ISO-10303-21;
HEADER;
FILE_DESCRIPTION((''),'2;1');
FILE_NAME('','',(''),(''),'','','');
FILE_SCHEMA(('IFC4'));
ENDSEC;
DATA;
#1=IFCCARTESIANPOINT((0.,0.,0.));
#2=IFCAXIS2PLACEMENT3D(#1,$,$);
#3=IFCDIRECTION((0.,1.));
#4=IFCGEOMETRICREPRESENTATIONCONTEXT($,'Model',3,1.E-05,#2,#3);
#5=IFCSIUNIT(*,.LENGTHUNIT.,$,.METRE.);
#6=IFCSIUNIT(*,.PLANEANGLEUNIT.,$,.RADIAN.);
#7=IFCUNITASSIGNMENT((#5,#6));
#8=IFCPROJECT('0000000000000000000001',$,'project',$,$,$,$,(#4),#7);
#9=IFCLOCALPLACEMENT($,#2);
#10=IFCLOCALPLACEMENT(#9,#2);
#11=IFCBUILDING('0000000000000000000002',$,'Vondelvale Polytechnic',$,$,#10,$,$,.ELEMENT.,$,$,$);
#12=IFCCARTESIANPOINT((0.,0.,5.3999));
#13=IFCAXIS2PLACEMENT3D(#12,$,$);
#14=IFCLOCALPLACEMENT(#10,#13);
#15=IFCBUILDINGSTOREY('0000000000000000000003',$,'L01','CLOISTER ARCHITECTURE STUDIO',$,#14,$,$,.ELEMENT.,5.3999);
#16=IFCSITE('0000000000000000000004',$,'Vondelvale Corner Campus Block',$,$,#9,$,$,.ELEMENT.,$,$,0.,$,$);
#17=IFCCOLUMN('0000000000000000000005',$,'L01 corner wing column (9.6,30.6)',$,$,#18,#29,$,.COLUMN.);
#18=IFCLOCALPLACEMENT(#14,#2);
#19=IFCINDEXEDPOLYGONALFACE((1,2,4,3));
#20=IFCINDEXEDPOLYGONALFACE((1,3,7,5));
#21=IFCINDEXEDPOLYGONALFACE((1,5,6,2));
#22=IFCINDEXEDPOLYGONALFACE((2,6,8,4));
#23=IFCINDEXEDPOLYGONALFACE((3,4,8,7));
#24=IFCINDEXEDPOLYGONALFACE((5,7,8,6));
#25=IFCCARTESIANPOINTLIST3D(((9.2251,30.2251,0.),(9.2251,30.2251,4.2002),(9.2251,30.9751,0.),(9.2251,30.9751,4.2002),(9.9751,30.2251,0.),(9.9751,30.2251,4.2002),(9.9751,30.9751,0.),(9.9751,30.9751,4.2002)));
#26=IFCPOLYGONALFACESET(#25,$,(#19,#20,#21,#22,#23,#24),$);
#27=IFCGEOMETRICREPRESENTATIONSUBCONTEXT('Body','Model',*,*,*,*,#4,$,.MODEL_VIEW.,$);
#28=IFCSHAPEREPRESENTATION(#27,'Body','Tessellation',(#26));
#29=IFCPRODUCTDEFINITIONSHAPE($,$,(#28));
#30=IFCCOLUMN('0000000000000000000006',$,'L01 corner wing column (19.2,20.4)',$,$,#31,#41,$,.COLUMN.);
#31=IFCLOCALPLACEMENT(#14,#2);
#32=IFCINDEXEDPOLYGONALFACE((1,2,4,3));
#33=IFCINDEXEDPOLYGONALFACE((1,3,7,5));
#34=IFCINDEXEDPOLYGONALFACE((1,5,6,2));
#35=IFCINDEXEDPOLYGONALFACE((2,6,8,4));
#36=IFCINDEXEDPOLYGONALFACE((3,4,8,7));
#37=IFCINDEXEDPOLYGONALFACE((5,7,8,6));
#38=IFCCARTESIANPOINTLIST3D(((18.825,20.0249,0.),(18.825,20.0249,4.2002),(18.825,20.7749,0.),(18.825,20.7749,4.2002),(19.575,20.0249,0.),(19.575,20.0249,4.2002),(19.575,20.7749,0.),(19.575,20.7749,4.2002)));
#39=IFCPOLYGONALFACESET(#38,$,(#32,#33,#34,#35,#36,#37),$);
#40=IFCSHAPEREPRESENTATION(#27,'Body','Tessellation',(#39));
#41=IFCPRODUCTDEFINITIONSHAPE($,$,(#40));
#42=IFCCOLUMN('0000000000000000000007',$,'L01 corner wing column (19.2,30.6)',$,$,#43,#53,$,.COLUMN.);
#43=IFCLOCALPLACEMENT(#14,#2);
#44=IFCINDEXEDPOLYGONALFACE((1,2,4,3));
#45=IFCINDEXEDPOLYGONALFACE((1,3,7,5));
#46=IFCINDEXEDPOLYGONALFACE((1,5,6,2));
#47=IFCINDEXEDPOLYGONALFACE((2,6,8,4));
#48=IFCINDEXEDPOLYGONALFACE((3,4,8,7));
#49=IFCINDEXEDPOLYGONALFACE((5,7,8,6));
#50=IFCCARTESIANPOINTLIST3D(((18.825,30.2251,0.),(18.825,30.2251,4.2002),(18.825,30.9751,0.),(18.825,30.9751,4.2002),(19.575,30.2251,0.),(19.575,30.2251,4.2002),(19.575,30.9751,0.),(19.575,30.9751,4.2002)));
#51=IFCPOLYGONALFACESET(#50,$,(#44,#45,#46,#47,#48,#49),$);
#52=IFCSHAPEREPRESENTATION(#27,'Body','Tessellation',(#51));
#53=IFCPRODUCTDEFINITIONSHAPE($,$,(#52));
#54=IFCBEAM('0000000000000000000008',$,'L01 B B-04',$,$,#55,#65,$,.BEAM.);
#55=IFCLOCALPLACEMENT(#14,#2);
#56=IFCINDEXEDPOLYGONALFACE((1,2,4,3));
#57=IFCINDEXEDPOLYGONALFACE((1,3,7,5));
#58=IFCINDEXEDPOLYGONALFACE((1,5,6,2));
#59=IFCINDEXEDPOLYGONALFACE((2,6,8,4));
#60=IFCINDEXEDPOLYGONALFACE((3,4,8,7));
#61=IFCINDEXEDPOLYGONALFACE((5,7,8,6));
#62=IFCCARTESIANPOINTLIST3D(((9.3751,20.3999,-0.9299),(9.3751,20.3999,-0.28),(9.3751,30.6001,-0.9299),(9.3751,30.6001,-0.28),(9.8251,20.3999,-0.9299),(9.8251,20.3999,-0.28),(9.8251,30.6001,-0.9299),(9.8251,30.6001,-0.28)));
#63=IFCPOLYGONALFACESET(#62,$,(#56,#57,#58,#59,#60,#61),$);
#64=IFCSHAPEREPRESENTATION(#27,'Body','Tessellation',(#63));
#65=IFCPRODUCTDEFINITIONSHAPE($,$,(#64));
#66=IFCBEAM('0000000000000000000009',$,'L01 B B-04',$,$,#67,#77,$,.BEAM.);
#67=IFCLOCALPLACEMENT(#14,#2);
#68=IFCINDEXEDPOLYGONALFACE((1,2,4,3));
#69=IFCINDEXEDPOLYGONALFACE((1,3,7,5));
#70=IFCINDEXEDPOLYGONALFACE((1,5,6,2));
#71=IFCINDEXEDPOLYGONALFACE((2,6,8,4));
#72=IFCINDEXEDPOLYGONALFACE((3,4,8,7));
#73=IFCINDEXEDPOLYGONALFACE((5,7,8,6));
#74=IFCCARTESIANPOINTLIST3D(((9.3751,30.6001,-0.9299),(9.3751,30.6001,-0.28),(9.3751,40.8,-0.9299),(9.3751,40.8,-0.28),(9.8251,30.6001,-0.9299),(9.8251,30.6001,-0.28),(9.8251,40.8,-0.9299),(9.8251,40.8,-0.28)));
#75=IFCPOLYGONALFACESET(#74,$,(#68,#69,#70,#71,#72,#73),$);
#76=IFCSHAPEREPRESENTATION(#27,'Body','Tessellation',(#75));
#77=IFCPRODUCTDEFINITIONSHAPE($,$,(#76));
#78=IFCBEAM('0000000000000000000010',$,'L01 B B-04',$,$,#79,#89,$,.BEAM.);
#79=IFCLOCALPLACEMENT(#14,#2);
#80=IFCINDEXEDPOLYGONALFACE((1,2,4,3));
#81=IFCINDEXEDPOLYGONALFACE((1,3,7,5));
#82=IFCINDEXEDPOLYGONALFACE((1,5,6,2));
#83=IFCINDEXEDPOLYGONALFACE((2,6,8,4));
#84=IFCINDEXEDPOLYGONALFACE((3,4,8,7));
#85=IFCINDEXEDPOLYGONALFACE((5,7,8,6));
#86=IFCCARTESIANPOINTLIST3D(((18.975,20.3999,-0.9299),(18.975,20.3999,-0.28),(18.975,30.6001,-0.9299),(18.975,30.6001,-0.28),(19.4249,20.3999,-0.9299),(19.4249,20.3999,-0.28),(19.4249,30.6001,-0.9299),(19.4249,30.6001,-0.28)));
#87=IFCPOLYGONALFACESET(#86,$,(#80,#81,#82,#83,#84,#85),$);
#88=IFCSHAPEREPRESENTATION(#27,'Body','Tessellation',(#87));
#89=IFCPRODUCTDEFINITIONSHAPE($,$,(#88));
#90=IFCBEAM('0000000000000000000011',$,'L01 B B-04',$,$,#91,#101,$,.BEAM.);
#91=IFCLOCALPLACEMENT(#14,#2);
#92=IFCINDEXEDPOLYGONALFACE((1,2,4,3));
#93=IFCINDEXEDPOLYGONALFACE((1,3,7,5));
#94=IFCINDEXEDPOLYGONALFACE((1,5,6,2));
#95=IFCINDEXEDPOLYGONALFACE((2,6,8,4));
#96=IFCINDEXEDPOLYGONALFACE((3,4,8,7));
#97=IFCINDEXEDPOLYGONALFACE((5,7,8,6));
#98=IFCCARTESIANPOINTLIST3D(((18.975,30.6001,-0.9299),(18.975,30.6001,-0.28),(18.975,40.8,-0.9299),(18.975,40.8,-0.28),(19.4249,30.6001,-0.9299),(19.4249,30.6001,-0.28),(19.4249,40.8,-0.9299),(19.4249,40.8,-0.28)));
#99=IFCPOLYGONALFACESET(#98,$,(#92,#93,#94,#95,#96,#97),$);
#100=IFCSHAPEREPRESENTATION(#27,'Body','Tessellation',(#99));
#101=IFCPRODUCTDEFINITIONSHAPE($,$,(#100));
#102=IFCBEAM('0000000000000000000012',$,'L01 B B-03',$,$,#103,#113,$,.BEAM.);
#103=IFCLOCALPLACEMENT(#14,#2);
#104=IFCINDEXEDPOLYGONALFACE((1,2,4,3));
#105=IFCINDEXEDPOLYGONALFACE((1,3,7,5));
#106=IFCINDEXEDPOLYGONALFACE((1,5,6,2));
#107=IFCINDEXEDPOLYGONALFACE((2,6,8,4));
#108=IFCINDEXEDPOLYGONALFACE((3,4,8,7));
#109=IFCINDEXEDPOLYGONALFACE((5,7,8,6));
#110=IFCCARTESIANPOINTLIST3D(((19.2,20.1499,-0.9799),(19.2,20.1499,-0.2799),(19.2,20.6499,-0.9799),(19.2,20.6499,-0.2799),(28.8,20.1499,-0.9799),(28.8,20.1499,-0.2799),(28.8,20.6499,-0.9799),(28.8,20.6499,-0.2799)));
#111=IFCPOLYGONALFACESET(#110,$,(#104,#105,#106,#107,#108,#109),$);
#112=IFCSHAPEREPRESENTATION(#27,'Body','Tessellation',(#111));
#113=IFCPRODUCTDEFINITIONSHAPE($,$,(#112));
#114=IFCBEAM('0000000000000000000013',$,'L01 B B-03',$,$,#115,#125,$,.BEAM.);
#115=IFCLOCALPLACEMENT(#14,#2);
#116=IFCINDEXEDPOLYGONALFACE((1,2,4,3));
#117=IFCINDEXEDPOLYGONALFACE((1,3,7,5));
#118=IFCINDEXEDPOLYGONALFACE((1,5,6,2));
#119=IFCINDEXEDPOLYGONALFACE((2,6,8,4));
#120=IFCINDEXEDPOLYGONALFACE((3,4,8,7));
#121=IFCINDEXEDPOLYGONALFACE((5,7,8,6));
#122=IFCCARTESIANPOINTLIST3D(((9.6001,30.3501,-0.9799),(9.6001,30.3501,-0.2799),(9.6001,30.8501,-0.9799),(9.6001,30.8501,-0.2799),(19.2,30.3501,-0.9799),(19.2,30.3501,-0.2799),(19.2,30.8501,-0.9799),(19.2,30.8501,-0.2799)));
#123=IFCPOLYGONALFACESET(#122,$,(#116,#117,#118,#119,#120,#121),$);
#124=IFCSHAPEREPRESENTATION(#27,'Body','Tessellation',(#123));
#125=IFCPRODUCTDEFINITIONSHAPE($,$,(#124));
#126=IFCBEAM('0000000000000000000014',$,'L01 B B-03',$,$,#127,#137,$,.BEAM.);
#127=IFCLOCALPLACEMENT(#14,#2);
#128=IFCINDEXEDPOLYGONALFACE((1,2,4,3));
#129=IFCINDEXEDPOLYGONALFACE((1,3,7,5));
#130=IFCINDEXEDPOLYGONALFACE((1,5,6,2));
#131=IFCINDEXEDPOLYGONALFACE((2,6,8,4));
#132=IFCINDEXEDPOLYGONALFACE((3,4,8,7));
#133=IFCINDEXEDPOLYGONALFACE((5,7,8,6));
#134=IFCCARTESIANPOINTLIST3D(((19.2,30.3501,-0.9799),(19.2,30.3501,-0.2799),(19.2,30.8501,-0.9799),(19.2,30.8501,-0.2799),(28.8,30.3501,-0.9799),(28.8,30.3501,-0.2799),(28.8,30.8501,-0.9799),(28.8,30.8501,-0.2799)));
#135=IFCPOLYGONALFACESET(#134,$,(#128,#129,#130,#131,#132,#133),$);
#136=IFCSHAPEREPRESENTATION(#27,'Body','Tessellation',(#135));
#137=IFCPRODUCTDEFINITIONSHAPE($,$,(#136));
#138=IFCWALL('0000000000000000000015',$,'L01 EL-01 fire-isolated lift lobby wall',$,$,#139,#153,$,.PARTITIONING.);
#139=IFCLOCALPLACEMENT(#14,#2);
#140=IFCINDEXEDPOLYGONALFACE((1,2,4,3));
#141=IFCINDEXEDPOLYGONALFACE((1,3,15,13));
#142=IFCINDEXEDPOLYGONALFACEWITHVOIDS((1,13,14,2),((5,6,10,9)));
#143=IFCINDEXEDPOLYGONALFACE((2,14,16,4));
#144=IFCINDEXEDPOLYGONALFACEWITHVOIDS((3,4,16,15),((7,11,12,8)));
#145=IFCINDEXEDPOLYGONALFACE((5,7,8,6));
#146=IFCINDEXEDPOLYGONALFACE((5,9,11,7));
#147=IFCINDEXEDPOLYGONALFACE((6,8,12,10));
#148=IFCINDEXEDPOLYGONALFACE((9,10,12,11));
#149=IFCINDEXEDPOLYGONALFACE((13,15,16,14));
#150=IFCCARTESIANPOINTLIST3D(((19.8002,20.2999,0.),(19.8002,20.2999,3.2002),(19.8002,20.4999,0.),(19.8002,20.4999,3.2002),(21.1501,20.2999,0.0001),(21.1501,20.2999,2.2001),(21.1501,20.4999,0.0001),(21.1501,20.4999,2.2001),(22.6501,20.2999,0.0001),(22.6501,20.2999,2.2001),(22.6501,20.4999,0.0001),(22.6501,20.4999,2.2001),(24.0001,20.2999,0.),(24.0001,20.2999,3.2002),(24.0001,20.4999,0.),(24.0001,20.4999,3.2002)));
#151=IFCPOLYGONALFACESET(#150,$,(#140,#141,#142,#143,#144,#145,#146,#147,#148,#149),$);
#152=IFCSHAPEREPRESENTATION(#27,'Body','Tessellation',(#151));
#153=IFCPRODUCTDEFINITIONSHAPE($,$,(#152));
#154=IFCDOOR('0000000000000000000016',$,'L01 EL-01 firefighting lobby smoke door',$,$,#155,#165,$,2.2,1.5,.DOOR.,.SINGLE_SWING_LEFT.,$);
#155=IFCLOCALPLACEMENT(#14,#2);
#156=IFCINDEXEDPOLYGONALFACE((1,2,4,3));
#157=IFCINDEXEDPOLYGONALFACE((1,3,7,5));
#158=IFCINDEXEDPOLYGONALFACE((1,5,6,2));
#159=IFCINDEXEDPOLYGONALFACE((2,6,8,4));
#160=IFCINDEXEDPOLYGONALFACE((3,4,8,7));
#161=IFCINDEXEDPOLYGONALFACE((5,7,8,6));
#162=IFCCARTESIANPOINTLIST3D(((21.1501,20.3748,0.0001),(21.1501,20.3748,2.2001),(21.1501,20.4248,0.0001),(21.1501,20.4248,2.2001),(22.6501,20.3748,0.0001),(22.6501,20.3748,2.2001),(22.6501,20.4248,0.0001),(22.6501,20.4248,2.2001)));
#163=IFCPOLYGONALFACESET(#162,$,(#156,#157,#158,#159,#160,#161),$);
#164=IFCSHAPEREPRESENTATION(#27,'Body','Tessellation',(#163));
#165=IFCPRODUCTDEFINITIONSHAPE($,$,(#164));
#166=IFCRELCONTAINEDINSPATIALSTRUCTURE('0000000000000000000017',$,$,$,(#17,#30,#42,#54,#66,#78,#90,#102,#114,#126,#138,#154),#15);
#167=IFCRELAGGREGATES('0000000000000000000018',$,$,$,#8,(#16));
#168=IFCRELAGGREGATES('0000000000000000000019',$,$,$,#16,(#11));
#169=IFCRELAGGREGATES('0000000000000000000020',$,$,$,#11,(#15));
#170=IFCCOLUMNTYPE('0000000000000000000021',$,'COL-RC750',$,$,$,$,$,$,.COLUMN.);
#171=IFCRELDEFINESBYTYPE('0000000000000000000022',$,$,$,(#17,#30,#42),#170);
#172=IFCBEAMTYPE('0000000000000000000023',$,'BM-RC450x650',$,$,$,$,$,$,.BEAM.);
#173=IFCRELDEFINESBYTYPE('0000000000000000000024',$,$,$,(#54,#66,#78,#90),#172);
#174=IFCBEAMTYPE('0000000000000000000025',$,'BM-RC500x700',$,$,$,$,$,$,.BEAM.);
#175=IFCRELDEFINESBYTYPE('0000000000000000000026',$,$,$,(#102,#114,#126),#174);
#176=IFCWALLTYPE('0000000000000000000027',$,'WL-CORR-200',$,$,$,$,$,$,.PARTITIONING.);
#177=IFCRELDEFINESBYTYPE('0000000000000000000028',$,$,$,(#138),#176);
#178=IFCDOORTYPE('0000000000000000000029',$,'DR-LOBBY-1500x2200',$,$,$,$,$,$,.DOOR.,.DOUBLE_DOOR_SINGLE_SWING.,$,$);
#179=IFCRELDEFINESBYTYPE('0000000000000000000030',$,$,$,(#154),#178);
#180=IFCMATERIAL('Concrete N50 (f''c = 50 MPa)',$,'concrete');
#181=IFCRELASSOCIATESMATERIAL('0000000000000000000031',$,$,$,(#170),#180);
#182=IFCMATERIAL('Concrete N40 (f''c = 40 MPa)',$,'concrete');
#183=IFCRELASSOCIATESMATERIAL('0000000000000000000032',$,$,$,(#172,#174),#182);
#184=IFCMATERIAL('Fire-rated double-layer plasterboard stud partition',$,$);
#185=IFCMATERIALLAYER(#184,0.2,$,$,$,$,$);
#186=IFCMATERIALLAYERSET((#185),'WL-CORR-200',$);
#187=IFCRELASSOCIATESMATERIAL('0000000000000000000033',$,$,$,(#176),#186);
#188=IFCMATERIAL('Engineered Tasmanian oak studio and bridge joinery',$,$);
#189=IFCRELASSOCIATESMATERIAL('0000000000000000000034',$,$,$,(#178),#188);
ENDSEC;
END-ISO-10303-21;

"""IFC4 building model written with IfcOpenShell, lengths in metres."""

from ifc_helpers import new_model, si_unit, direction, frame, frame_2d, origin, origin_2d, place, context, subcontext, project, spatial, rectangle, extrude, material, layer, layer_set, material_profile, profile_set, type_object, element, fill, save


model = new_model("IFC4")

# Units and contexts
model_context = context("Model", 3, precision=1e-05, world=origin(), true_north=direction((0.0, 1.0)))
body_context = subcontext(model_context, "Body", "Model", "MODEL_VIEW")
ifc_project = project(units=[si_unit("LENGTHUNIT", "METRE"), si_unit("PLANEANGLEUNIT", "RADIAN")], contexts=[model_context])

# Site, building, storey
site_placement = place(None, origin())
site = spatial("IfcSite", under=ifc_project, at=site_placement, Name="Vondelvale Corner Campus Block", CompositionType="ELEMENT", RefElevation=0.0)
building_placement = place(site_placement, origin())
building = spatial("IfcBuilding", under=site, at=building_placement, Name="Vondelvale Polytechnic", CompositionType="ELEMENT")
storey_placement = place(building_placement, frame((0.0, 0.0, 5.3999)))
storey = spatial("IfcBuildingStorey", under=building, at=storey_placement, Name="L01", Description="CLOISTER ARCHITECTURE STUDIO", CompositionType="ELEMENT", Elevation=5.3999)

# Columns
ifc_material_1 = material(Name="Concrete N50 (f'c = 50 MPa)", Category="concrete")
ifc_material_profile_1 = material_profile(ifc_material_1, rectangle(XDim=0.75, YDim=0.75, at=origin_2d()), Name="RC-COL-750x750")
ifc_profile_set_1 = profile_set([ifc_material_profile_1], Name="Concrete N50 (f'c = 50 MPa)")
column_type = type_object("IfcColumnType", Name="COL-RC750", PredefinedType="COLUMN", material=ifc_profile_set_1)
for number, where, z_axis, x_axis, name in (
    (1, (9.6001, 30.6001, 0.0), (0.0, 0.0, 1.0), (1.0, 0.0, 0.0), "L01 corner wing column (9.6,30.6)"),
    (2, (19.2, 20.3999, 0.0), (0.0, 0.0, 1.0), (1.0, 0.0, 0.0), "L01 corner wing column (19.2,20.4)"),
    (3, (19.2, 30.6001, 0.0), (0.0, 0.0, 1.0), (1.0, 0.0, 0.0), "L01 corner wing column (19.2,30.6)"),
):
    element("IfcColumn", number, at=place(storey_placement, frame(where, z_axis=z_axis, x_axis=x_axis)), inside=storey, type_object=column_type, Name=name, PredefinedType="COLUMN", context=body_context, shape_type="SweptSolid", body=[
        extrude(rectangle(XDim=0.75, YDim=0.75, at=origin_2d()), origin(), (0.0, 0.0, 1.0), 4.2002),
    ])

# Beams
ifc_material_2 = material(Name="Concrete N40 (f'c = 40 MPa)", Category="concrete")
ifc_material_profile_2 = material_profile(ifc_material_2, rectangle(XDim=0.45, YDim=0.6499, at=origin_2d()), Name="RC-BM-450x650")
ifc_profile_set_2 = profile_set([ifc_material_profile_2], Name="Concrete N40 (f'c = 40 MPa)")
beam_type_1 = type_object("IfcBeamType", Name="BM-RC450x650", PredefinedType="BEAM", material=ifc_profile_set_2)
beam_1_placement = place(storey_placement, frame((9.6001, 20.3999, -0.605), z_axis=(0.0, 1.0, 0.0), x_axis=(-1.0, 0.0, 0.0)))
element("IfcBeam", 4, at=beam_1_placement, inside=storey, type_object=beam_type_1, Name="L01 B B-04", PredefinedType="BEAM", context=body_context, shape_type="SweptSolid", body=[
    extrude(rectangle(XDim=0.45, YDim=0.6499, at=origin_2d()), origin(), (0.0, 0.0, 1.0), 10.2002),
])
beam_2_placement = place(storey_placement, frame((9.6001, 30.6001, -0.605), z_axis=(0.0, 1.0, 0.0), x_axis=(-1.0, 0.0, 0.0)))
element("IfcBeam", 5, at=beam_2_placement, inside=storey, type_object=beam_type_1, Name="L01 B B-04", PredefinedType="BEAM", context=body_context, shape_type="SweptSolid", body=[
    extrude(rectangle(XDim=0.45, YDim=0.6499, at=origin_2d()), origin(), (0.0, 0.0, 1.0), 10.2),
])
beam_3_placement = place(storey_placement, frame((19.2, 20.3999, -0.605), z_axis=(0.0, 1.0, 0.0), x_axis=(-1.0, 0.0, 0.0)))
element("IfcBeam", 6, at=beam_3_placement, inside=storey, type_object=beam_type_1, Name="L01 B B-04", PredefinedType="BEAM", context=body_context, shape_type="SweptSolid", body=[
    extrude(rectangle(XDim=0.45, YDim=0.6499, at=origin_2d()), origin(), (0.0, 0.0, 1.0), 10.2002),
])
beam_4_placement = place(storey_placement, frame((19.2, 30.6001, -0.605), z_axis=(0.0, 1.0, 0.0), x_axis=(-1.0, 0.0, 0.0)))
element("IfcBeam", 7, at=beam_4_placement, inside=storey, type_object=beam_type_1, Name="L01 B B-04", PredefinedType="BEAM", context=body_context, shape_type="SweptSolid", body=[
    extrude(rectangle(XDim=0.45, YDim=0.6499, at=origin_2d()), origin(), (0.0, 0.0, 1.0), 10.2),
])
ifc_material_profile_3 = material_profile(ifc_material_2, rectangle(XDim=0.5, YDim=0.7, at=origin_2d()), Name="RC-BM-500x700")
ifc_profile_set_3 = profile_set([ifc_material_profile_3], Name="Concrete N40 (f'c = 40 MPa)")
beam_type_2 = type_object("IfcBeamType", Name="BM-RC500x700", PredefinedType="BEAM", material=ifc_profile_set_3)
beam_5_placement = place(storey_placement, frame((19.2, 20.3999, -0.6299), z_axis=(1.0, 0.0, 0.0), x_axis=(0.0, 1.0, 0.0)))
element("IfcBeam", 8, at=beam_5_placement, inside=storey, type_object=beam_type_2, Name="L01 B B-03", PredefinedType="BEAM", context=body_context, shape_type="SweptSolid", body=[
    extrude(rectangle(XDim=0.5, YDim=0.7, at=origin_2d()), origin(), (0.0, 0.0, 1.0), 9.6001),
])
beam_6_placement = place(storey_placement, frame((9.6001, 30.6001, -0.6299), z_axis=(1.0, 0.0, 0.0), x_axis=(0.0, 1.0, 0.0)))
element("IfcBeam", 9, at=beam_6_placement, inside=storey, type_object=beam_type_2, Name="L01 B B-03", PredefinedType="BEAM", context=body_context, shape_type="SweptSolid", body=[
    extrude(rectangle(XDim=0.5, YDim=0.7, at=origin_2d()), origin(), (0.0, 0.0, 1.0), 9.5999),
])
beam_7_placement = place(storey_placement, frame((19.2, 30.6001, -0.6299), z_axis=(1.0, 0.0, 0.0), x_axis=(0.0, 1.0, 0.0)))
element("IfcBeam", 10, at=beam_7_placement, inside=storey, type_object=beam_type_2, Name="L01 B B-03", PredefinedType="BEAM", context=body_context, shape_type="SweptSolid", body=[
    extrude(rectangle(XDim=0.5, YDim=0.7, at=origin_2d()), origin(), (0.0, 0.0, 1.0), 9.6001),
])

# Wall, opening, door
ifc_material_3 = material(Name="Fire-rated double-layer plasterboard stud partition")
ifc_layer_1 = layer(ifc_material_3, 0.2)
ifc_layer_set_1 = layer_set([ifc_layer_1], Name="WL-CORR-200")
wall_type_1 = type_object("IfcWallType", Name="WL-CORR-200", PredefinedType="PARTITIONING", material=ifc_layer_set_1)
wall_1_placement = place(storey_placement, frame((19.8, 20.3999, 0.0), z_axis=(0.0, 0.0, 1.0), x_axis=(1.0, 0.0, 0.0)))
wall_1 = element("IfcWall", 11, at=wall_1_placement, inside=storey, type_object=wall_type_1, Name="L01 EL-01 fire-isolated lift lobby wall", PredefinedType="PARTITIONING", context=body_context, shape_type="SweptSolid", body=[
    extrude(rectangle(XDim=4.2, YDim=0.2, at=frame_2d((2.1001, 0.0))), origin(), (0.0, 0.0, 1.0), 3.2002),
])
opening_1_placement = place(wall_1_placement, frame((1.3501, 0.0, 0.0)))
opening_1 = element("IfcOpeningElement", 12, at=opening_1_placement, cuts=wall_1, PredefinedType="OPENING", context=body_context, shape_type="SweptSolid", body=[
    extrude(rectangle(XDim=1.5, YDim=2.2, at=frame_2d((0.75, 1.1001))), frame((0.0, 0.1099, 0.0), z_axis=(0.0, -1.0, 0.0), x_axis=(1.0, 0.0, 0.0)), (0.0, 0.0, 1.0), 0.22),
])
ifc_material_4 = material(Name="Engineered Tasmanian oak studio and bridge joinery")
door_type_1 = type_object("IfcDoorType", Name="DR-LOBBY-1500x2200", OperationType="DOUBLE_DOOR_SINGLE_SWING", PredefinedType="DOOR", material=ifc_material_4)
door_1_placement = place(opening_1_placement, origin())
door_1 = element("IfcDoor", 13, at=door_1_placement, inside=storey, type_object=door_type_1, Name="L01 EL-01 firefighting lobby smoke door", OperationType="SINGLE_SWING_LEFT", OverallHeight=2.2, OverallWidth=1.5, PredefinedType="DOOR", context=body_context, shape_type="SweptSolid", body=[
    extrude(rectangle(XDim=1.5, YDim=2.2, at=frame_2d((0.75, 1.1001))), frame((0.0, 0.0249, 0.0), z_axis=(0.0, -1.0, 0.0), x_axis=(1.0, 0.0, 0.0)), (0.0, 0.0, 1.0), 0.05),
])
fill(opening_1, door_1)

save(model, "model.ifc")
